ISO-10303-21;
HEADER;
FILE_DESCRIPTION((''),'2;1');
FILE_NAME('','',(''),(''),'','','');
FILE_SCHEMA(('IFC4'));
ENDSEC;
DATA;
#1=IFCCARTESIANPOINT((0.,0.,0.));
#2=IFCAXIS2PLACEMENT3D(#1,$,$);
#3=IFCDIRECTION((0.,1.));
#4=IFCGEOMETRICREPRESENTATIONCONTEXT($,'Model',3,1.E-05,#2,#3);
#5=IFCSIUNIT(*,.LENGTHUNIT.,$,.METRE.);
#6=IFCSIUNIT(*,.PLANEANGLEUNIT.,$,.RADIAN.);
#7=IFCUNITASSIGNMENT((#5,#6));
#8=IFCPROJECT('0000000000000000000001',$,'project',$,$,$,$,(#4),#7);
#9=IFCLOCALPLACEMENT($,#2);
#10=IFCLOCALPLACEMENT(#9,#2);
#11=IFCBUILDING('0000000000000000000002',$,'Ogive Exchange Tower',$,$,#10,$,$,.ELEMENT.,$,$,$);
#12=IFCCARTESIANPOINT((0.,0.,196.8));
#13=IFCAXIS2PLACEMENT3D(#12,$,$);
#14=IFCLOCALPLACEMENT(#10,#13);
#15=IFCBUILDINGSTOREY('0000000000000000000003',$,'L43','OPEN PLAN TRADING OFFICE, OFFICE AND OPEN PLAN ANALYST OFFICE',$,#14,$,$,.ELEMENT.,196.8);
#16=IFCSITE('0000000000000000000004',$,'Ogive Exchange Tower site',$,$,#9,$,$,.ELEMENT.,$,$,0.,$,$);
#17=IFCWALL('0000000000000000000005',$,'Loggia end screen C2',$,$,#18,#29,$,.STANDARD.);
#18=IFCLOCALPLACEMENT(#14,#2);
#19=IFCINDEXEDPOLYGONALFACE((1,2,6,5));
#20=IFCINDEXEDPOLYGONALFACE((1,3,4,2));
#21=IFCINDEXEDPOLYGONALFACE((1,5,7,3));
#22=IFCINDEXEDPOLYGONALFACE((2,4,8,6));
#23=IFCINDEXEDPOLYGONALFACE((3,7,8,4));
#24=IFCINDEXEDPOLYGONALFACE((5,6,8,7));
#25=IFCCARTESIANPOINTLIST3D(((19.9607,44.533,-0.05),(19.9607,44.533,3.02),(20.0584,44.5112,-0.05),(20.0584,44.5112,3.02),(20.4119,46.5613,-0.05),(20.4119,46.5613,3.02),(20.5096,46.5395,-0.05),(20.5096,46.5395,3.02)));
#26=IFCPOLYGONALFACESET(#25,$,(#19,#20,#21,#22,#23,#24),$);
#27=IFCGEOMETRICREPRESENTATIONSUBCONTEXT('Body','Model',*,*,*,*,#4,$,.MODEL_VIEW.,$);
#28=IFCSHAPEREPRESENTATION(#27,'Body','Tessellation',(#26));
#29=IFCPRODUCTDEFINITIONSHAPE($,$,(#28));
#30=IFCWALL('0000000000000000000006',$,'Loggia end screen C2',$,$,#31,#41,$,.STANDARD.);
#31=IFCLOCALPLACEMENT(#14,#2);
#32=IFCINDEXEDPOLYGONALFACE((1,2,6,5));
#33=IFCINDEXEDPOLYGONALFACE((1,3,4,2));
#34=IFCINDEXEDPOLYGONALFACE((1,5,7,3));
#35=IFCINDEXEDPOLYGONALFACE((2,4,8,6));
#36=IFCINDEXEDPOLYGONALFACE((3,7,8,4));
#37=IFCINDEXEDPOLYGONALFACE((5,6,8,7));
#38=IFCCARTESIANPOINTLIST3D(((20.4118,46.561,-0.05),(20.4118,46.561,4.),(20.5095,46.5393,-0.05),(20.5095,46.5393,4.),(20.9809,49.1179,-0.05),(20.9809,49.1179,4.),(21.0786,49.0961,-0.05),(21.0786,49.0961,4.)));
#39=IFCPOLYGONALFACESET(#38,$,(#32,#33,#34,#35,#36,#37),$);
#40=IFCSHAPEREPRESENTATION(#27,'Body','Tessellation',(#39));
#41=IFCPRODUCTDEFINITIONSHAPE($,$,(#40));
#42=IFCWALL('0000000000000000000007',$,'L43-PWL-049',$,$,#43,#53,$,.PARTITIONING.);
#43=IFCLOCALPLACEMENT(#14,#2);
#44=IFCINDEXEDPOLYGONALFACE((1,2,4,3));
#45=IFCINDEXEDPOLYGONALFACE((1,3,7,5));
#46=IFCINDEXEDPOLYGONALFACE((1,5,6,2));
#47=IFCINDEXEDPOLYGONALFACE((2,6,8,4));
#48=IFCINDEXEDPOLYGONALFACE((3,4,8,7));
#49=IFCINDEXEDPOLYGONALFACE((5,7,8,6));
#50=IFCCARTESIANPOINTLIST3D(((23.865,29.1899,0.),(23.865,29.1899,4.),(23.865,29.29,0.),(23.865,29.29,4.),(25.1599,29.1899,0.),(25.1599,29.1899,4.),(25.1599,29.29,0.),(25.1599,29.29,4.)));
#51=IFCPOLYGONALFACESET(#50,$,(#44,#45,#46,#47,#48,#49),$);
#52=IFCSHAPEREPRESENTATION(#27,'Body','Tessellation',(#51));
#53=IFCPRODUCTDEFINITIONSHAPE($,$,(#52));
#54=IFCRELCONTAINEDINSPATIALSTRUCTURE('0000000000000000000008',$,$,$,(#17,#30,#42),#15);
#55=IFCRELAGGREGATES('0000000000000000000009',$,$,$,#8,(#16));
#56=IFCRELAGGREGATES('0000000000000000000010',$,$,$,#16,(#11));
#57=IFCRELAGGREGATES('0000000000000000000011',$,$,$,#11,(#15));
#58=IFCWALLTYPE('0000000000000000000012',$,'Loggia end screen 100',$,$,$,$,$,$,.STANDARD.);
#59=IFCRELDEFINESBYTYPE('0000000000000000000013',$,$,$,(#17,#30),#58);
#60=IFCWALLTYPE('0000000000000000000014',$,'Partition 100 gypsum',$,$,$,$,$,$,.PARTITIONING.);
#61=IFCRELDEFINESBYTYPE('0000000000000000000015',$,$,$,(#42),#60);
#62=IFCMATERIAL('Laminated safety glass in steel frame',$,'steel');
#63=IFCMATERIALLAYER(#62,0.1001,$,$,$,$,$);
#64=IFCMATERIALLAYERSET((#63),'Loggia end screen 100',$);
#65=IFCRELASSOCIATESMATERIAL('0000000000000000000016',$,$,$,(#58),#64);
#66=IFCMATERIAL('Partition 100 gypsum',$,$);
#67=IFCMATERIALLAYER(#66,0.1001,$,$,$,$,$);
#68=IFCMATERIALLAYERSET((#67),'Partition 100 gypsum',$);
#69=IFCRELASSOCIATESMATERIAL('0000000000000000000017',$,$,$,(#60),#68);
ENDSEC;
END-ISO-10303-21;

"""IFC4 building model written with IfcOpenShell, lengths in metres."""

from ifc_helpers import new_model, si_unit, direction, frame, frame_2d, origin, place, context, subcontext, project, spatial, rectangle, extrude, material, layer, layer_set, type_object, element, save


model = new_model("IFC4")

# Units and contexts
model_context = context("Model", 3, precision=1e-05, world=origin(), true_north=direction((0.0, 1.0)))
body_context = subcontext(model_context, "Body", "Model", "MODEL_VIEW")
ifc_project = project(units=[si_unit("LENGTHUNIT", "METRE"), si_unit("PLANEANGLEUNIT", "RADIAN")], contexts=[model_context])

# Site, building, storey
site_placement = place(None, origin())
site = spatial("IfcSite", under=ifc_project, at=site_placement, Name="Ogive Exchange Tower site", CompositionType="ELEMENT", RefElevation=0.0)
building_placement = place(site_placement, origin())
building = spatial("IfcBuilding", under=site, at=building_placement, Name="Ogive Exchange Tower", CompositionType="ELEMENT")
storey_placement = place(building_placement, frame((0.0, 0.0, 196.8)))
storey = spatial("IfcBuildingStorey", under=building, at=storey_placement, Name="L43", Description="OPEN PLAN TRADING OFFICE, OFFICE AND OPEN PLAN ANALYST OFFICE", CompositionType="ELEMENT", Elevation=196.8)

# Walls
ifc_material_1 = material(Name="Laminated safety glass in steel frame", Category="steel")
ifc_layer_1 = layer(ifc_material_1, 0.1001)
ifc_layer_set_1 = layer_set([ifc_layer_1], Name="Loggia end screen 100")
wall_type_1 = type_object("IfcWallType", Name="Loggia end screen 100", PredefinedType="STANDARD", material=ifc_layer_set_1)
wall_1_placement = place(storey_placement, frame((20.0095, 44.522, -0.05), z_axis=(0.0, 0.0, 1.0), x_axis=(0.21713, 0.976143, 0.0)))
element("IfcWall", 1, at=wall_1_placement, inside=storey, type_object=wall_type_1, Name="Loggia end screen C2", PredefinedType="STANDARD", context=body_context, shape_type="SweptSolid", body=[
    extrude(rectangle(XDim=2.0779, YDim=0.1001, at=frame_2d((1.0391, 0.0))), origin(), (0.0, 0.0, 1.0), 3.0701),
])
wall_2_placement = place(storey_placement, frame((20.4607, 46.5503, -0.05), z_axis=(0.0, 0.0, 1.0), x_axis=(0.217256, 0.976115, 0.0)))
element("IfcWall", 2, at=wall_2_placement, inside=storey, type_object=wall_type_1, Name="Loggia end screen C2", PredefinedType="STANDARD", context=body_context, shape_type="SweptSolid", body=[
    extrude(rectangle(XDim=2.6194, YDim=0.1001, at=frame_2d((1.3096, 0.0))), origin(), (0.0, 0.0, 1.0), 4.05),
])
ifc_material_2 = material(Name="Partition 100 gypsum")
ifc_layer_2 = layer(ifc_material_2, 0.1001)
ifc_layer_set_2 = layer_set([ifc_layer_2], Name="Partition 100 gypsum")
wall_type_2 = type_object("IfcWallType", Name="Partition 100 gypsum", PredefinedType="PARTITIONING", material=ifc_layer_set_2)
wall_3_placement = place(storey_placement, frame((23.865, 29.24, 0.0), z_axis=(0.0, 0.0, 1.0), x_axis=(1.0, 0.0, 0.0)))
element("IfcWall", 3, at=wall_3_placement, inside=storey, type_object=wall_type_2, Name="L43-PWL-049", PredefinedType="PARTITIONING", context=body_context, shape_type="SweptSolid", body=[
    extrude(rectangle(XDim=1.2949, YDim=0.1001, at=frame_2d((0.6475, 0.0))), origin(), (0.0, 0.0, 1.0), 4.0),
])

save(model, "model.ifc")
